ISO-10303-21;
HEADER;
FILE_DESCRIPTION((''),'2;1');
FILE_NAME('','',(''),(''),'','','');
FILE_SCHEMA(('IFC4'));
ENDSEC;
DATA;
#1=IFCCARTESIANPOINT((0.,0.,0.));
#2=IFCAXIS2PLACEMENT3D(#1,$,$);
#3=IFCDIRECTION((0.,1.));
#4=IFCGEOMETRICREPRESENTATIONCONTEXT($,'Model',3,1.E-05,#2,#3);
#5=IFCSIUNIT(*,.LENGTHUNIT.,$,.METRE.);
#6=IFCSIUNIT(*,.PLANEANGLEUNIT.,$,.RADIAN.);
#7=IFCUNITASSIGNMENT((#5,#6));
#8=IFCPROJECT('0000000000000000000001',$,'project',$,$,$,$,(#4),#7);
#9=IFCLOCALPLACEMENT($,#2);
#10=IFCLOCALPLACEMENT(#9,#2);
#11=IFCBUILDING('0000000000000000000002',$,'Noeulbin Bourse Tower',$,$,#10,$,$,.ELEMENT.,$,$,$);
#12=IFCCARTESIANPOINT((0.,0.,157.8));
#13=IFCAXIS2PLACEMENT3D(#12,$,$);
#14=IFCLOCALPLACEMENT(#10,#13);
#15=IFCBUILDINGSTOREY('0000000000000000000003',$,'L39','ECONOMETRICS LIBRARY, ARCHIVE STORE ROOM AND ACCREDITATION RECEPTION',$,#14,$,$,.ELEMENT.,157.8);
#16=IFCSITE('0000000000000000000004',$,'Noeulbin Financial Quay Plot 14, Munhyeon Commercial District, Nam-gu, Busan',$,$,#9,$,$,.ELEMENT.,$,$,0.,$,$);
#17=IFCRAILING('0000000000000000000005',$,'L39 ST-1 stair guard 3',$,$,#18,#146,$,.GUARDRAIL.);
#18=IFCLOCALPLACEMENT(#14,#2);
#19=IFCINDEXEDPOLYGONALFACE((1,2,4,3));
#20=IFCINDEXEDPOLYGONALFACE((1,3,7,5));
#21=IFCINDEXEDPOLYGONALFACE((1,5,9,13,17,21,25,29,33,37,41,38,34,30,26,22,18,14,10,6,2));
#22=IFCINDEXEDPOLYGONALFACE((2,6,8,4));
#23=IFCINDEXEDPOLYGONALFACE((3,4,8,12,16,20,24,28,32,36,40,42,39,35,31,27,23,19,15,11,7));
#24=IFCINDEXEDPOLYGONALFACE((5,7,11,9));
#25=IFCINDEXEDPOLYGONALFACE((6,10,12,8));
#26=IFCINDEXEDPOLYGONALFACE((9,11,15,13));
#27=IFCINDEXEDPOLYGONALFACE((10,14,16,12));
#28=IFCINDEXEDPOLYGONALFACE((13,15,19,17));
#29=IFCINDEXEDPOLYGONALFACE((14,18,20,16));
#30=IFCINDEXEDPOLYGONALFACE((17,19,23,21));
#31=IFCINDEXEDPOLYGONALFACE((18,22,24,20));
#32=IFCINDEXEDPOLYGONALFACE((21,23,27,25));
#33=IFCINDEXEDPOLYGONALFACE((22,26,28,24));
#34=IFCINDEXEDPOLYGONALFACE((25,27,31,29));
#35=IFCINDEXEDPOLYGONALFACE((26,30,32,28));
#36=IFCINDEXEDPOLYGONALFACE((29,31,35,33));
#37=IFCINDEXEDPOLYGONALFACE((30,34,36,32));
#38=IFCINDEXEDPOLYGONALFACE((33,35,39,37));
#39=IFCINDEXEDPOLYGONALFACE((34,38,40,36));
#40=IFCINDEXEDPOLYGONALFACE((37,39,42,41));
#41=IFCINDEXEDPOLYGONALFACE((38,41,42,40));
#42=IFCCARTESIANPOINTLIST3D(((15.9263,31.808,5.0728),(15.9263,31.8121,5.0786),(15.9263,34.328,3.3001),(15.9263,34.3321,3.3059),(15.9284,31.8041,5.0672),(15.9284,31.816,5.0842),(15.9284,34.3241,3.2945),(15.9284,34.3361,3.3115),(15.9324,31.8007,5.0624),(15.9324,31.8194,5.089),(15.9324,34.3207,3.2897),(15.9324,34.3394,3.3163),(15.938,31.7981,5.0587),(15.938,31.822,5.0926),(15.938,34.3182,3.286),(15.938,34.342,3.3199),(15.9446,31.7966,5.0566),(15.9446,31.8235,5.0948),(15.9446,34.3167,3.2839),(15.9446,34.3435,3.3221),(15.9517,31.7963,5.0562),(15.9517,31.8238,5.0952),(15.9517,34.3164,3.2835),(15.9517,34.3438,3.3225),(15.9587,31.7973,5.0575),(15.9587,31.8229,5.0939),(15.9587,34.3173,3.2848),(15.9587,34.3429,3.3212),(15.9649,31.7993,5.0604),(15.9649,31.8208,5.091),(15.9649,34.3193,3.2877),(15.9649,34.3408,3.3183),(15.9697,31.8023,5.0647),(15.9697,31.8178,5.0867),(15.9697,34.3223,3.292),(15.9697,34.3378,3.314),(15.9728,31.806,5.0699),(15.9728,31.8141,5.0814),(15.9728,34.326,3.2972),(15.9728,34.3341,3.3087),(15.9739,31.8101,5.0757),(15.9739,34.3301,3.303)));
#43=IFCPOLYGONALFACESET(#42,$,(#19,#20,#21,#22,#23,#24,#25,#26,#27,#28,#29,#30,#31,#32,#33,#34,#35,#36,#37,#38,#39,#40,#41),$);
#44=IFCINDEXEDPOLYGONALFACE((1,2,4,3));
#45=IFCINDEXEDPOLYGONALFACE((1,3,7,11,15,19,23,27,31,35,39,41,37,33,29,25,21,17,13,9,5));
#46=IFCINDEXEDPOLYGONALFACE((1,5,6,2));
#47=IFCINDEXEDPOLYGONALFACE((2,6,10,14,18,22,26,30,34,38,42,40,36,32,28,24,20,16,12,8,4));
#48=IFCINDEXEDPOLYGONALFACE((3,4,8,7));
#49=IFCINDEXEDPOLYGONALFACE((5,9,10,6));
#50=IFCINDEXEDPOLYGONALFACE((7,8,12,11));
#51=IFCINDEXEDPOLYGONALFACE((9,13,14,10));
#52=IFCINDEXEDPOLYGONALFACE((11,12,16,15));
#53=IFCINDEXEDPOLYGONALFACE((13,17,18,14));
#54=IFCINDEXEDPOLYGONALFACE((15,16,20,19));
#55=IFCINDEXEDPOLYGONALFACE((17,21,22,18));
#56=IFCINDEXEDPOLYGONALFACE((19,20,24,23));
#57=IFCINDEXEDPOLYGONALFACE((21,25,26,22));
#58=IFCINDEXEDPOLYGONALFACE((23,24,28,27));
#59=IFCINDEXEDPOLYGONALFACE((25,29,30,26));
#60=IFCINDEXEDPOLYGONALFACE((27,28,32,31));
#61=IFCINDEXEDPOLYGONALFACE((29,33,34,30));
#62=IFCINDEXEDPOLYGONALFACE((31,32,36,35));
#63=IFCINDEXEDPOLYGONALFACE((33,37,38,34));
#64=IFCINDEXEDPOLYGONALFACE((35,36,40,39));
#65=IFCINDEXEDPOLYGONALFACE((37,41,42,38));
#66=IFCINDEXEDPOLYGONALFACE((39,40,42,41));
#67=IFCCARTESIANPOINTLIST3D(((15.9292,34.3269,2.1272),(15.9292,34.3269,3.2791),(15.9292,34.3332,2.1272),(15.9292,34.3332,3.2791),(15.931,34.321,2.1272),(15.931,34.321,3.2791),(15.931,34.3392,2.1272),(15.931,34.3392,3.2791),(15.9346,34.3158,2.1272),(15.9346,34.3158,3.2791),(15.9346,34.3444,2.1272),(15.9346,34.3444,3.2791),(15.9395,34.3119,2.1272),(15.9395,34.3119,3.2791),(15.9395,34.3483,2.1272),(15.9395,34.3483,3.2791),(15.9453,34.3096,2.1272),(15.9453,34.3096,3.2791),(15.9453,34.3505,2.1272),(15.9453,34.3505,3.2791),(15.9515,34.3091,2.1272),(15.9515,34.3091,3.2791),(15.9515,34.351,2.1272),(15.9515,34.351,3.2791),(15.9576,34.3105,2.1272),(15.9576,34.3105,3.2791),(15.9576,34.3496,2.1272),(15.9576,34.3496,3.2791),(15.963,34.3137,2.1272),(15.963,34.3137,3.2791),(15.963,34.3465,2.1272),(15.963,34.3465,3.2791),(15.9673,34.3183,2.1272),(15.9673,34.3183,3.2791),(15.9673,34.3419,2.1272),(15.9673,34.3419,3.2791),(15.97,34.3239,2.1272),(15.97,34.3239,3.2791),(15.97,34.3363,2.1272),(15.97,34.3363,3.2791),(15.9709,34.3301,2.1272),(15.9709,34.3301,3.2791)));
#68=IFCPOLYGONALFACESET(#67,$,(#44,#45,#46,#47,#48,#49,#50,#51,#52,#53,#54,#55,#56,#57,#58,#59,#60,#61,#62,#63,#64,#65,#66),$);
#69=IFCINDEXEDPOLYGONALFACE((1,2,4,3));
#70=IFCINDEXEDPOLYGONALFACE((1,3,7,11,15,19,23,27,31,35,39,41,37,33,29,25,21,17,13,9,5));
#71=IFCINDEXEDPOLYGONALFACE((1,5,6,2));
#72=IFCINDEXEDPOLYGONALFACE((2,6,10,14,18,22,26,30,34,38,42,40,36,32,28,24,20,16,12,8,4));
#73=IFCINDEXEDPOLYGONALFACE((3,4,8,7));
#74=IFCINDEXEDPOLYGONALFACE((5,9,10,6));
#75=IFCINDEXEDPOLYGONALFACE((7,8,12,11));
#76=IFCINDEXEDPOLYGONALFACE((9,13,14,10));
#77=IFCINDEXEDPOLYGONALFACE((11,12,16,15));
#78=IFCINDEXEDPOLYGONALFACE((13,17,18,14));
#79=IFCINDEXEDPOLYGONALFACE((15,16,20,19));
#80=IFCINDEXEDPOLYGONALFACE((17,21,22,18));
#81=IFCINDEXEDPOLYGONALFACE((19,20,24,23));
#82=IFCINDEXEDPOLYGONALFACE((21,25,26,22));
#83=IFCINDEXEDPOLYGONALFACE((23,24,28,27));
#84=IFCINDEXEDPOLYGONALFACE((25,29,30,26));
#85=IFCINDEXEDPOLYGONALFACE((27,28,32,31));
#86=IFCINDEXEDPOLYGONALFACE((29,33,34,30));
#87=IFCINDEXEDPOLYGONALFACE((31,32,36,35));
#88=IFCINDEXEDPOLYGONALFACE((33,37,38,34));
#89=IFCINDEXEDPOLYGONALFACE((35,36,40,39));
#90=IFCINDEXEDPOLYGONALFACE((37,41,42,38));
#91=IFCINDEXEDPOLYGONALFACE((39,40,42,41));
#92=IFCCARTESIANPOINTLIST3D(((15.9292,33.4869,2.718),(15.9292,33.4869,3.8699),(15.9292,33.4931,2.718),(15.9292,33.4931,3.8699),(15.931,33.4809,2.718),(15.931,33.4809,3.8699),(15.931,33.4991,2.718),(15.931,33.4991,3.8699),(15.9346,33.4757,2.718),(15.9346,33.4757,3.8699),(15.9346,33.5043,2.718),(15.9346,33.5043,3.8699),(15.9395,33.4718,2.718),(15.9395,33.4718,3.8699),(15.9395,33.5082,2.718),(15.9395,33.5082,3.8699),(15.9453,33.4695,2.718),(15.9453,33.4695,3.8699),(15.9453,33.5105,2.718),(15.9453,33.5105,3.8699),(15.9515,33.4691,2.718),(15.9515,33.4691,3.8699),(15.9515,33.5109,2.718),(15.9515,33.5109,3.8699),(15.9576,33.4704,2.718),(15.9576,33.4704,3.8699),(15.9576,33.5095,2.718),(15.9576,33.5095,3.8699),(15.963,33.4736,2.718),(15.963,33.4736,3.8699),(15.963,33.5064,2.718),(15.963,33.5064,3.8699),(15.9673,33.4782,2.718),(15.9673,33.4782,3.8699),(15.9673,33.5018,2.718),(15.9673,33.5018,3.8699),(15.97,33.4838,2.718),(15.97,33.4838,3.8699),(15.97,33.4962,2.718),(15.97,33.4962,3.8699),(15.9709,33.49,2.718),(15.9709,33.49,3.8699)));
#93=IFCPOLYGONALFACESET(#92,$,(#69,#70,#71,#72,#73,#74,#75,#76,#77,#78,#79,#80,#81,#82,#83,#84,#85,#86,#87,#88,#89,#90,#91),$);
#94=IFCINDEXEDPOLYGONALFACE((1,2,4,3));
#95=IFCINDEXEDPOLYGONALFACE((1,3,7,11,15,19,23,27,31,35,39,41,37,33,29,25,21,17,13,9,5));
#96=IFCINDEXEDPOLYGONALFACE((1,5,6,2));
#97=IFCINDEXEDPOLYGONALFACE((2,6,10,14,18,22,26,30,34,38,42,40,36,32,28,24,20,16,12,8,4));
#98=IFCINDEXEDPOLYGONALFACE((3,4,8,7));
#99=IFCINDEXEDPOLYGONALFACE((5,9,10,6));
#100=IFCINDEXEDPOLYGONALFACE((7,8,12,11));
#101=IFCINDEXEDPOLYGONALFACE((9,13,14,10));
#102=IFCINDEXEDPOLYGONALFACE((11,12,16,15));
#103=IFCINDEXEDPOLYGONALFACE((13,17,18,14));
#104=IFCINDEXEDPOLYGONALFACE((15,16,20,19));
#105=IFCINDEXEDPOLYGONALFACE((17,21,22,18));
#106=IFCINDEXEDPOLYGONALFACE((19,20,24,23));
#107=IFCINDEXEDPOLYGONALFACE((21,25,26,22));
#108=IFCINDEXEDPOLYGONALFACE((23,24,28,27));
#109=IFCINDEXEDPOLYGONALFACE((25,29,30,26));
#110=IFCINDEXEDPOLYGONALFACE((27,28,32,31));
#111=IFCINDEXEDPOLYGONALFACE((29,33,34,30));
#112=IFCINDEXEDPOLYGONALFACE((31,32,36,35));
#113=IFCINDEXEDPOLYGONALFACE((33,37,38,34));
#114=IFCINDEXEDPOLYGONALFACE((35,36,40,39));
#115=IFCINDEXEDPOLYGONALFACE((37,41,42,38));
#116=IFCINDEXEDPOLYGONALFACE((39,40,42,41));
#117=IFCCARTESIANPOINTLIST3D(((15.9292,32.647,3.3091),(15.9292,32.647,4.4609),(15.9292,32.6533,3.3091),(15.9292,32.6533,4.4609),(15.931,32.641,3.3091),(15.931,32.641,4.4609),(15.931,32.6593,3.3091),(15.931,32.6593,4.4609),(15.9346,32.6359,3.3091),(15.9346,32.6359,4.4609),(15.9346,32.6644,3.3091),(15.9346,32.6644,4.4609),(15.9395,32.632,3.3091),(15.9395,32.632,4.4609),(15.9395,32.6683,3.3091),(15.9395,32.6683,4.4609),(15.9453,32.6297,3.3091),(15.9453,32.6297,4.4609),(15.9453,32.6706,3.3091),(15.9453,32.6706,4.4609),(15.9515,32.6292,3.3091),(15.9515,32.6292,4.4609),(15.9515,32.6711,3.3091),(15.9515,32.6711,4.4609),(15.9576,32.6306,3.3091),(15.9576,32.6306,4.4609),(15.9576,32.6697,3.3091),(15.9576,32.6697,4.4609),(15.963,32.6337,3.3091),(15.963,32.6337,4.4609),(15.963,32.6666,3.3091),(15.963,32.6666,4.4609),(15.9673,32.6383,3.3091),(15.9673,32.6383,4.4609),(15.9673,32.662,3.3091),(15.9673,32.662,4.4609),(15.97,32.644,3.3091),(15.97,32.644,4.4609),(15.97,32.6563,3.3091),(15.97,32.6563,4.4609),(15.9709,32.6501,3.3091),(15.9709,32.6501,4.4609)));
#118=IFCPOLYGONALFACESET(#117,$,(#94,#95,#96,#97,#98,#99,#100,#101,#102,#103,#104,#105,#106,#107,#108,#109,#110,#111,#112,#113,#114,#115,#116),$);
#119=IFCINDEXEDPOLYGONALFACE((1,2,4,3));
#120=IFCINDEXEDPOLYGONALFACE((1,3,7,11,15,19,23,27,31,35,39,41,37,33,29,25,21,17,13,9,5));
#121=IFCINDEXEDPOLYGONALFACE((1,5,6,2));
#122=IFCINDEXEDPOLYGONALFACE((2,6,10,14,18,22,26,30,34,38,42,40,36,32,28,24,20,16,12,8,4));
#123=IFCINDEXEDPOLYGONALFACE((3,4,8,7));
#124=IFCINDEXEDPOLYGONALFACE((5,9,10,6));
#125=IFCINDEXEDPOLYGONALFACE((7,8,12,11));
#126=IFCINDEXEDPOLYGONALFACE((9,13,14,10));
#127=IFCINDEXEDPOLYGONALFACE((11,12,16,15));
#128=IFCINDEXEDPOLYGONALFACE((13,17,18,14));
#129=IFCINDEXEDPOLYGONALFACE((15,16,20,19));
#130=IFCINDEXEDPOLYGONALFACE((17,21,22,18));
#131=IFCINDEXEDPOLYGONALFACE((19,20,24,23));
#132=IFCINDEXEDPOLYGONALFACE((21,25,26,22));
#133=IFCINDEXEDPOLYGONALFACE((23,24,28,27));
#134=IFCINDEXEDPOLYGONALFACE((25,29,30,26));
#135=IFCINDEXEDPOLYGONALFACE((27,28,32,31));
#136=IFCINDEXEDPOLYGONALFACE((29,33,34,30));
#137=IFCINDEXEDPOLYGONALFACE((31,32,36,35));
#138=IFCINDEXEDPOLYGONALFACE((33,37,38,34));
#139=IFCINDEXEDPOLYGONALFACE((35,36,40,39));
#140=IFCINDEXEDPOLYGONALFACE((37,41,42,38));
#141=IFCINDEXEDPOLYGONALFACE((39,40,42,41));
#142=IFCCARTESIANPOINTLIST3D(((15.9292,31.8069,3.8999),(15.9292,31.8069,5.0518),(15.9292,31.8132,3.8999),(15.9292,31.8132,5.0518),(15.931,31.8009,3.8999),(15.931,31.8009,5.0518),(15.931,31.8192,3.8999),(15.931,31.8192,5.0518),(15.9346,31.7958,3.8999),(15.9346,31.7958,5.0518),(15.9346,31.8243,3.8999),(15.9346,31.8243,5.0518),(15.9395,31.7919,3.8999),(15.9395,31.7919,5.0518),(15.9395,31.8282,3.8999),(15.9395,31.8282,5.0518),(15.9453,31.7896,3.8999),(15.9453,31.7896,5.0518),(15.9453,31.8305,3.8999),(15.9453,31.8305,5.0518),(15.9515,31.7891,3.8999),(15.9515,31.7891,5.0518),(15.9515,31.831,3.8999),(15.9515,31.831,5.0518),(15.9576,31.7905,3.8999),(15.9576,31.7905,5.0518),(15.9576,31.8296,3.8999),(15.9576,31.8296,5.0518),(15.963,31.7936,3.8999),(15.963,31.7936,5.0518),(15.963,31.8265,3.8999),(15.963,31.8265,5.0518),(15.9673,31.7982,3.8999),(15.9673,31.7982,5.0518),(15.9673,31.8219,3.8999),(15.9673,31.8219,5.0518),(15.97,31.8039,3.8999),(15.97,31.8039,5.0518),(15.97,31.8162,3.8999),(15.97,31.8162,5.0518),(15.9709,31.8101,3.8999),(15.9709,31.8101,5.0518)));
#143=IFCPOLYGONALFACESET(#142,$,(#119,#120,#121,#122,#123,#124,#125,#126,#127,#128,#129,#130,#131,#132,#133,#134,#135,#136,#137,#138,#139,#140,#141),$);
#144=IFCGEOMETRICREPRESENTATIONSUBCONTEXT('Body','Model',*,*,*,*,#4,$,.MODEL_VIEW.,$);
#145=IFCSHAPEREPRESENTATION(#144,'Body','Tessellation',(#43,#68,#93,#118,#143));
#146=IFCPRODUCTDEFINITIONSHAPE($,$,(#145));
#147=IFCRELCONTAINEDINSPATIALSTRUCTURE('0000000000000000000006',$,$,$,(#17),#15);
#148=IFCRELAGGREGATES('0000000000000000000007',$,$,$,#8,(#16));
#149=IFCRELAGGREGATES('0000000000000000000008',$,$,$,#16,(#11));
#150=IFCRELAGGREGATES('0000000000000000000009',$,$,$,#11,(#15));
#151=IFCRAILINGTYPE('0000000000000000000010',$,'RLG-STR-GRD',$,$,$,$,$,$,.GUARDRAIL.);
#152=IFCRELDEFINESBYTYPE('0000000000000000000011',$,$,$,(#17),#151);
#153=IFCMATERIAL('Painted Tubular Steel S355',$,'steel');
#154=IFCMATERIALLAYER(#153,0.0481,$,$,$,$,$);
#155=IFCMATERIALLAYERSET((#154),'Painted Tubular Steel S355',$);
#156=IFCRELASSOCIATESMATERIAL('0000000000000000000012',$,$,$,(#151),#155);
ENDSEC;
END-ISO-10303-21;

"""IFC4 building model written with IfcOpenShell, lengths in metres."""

from ifc_helpers import new_model, si_unit, direction, frame, origin, origin_2d, place, context, subcontext, project, spatial, circle, extrude, material, layer, layer_set, type_object, element, save


model = new_model("IFC4")

# Units and contexts
model_context = context("Model", 3, precision=1e-05, world=origin(), true_north=direction((0.0, 1.0)))
body_context = subcontext(model_context, "Body", "Model", "MODEL_VIEW")
ifc_project = project(units=[si_unit("LENGTHUNIT", "METRE"), si_unit("PLANEANGLEUNIT", "RADIAN")], contexts=[model_context])

# Site, building, storey
site_placement = place(None, origin())
site = spatial("IfcSite", under=ifc_project, at=site_placement, Name="Noeulbin Financial Quay Plot 14, Munhyeon Commercial District, Nam-gu, Busan", CompositionType="ELEMENT", RefElevation=0.0)
building_placement = place(site_placement, origin())
building = spatial("IfcBuilding", under=site, at=building_placement, Name="Noeulbin Bourse Tower", CompositionType="ELEMENT")
storey_placement = place(building_placement, frame((0.0, 0.0, 157.8)))
storey = spatial("IfcBuildingStorey", under=building, at=storey_placement, Name="L39", Description="ECONOMETRICS LIBRARY, ARCHIVE STORE ROOM AND ACCREDITATION RECEPTION", CompositionType="ELEMENT", Elevation=157.8)

# Railing
ifc_material_1 = material(Name="Painted Tubular Steel S355", Category="steel")
ifc_layer_1 = layer(ifc_material_1, 0.0481)
ifc_layer_set_1 = layer_set([ifc_layer_1], Name="Painted Tubular Steel S355")
railing_type_1 = type_object("IfcRailingType", Name="RLG-STR-GRD", PredefinedType="GUARDRAIL", material=ifc_layer_set_1)
railing_1_placement = place(storey_placement, frame((15.95, 34.3301, 2.1272)))
element("IfcRailing", 1, at=railing_1_placement, inside=storey, type_object=railing_type_1, Name="L39 ST-1 stair guard 3", PredefinedType="GUARDRAIL", context=body_context, shape_type="SweptSolid", body=[
    extrude(circle(Radius=0.0239, at=origin_2d()), frame((0.0, 0.0, 1.1758), z_axis=(0.0, -0.817904, 0.575354), x_axis=(1.0, 0.0, 0.0)), (0.0, 0.0, 1.0), 3.0811),
    extrude(circle(Radius=0.021, at=origin_2d()), origin(), (0.0, 0.0, 1.0), 1.1519),
    extrude(circle(Radius=0.021, at=origin_2d()), frame((0.0, -0.8401, 0.5908)), (0.0, 0.0, 1.0), 1.1519),
    extrude(circle(Radius=0.021, at=origin_2d()), frame((0.0, -1.6799, 1.1819)), (0.0, 0.0, 1.0), 1.1519),
    extrude(circle(Radius=0.021, at=origin_2d()), frame((0.0, -2.52, 1.7727)), (0.0, 0.0, 1.0), 1.1519),
])

save(model, "model.ifc")
